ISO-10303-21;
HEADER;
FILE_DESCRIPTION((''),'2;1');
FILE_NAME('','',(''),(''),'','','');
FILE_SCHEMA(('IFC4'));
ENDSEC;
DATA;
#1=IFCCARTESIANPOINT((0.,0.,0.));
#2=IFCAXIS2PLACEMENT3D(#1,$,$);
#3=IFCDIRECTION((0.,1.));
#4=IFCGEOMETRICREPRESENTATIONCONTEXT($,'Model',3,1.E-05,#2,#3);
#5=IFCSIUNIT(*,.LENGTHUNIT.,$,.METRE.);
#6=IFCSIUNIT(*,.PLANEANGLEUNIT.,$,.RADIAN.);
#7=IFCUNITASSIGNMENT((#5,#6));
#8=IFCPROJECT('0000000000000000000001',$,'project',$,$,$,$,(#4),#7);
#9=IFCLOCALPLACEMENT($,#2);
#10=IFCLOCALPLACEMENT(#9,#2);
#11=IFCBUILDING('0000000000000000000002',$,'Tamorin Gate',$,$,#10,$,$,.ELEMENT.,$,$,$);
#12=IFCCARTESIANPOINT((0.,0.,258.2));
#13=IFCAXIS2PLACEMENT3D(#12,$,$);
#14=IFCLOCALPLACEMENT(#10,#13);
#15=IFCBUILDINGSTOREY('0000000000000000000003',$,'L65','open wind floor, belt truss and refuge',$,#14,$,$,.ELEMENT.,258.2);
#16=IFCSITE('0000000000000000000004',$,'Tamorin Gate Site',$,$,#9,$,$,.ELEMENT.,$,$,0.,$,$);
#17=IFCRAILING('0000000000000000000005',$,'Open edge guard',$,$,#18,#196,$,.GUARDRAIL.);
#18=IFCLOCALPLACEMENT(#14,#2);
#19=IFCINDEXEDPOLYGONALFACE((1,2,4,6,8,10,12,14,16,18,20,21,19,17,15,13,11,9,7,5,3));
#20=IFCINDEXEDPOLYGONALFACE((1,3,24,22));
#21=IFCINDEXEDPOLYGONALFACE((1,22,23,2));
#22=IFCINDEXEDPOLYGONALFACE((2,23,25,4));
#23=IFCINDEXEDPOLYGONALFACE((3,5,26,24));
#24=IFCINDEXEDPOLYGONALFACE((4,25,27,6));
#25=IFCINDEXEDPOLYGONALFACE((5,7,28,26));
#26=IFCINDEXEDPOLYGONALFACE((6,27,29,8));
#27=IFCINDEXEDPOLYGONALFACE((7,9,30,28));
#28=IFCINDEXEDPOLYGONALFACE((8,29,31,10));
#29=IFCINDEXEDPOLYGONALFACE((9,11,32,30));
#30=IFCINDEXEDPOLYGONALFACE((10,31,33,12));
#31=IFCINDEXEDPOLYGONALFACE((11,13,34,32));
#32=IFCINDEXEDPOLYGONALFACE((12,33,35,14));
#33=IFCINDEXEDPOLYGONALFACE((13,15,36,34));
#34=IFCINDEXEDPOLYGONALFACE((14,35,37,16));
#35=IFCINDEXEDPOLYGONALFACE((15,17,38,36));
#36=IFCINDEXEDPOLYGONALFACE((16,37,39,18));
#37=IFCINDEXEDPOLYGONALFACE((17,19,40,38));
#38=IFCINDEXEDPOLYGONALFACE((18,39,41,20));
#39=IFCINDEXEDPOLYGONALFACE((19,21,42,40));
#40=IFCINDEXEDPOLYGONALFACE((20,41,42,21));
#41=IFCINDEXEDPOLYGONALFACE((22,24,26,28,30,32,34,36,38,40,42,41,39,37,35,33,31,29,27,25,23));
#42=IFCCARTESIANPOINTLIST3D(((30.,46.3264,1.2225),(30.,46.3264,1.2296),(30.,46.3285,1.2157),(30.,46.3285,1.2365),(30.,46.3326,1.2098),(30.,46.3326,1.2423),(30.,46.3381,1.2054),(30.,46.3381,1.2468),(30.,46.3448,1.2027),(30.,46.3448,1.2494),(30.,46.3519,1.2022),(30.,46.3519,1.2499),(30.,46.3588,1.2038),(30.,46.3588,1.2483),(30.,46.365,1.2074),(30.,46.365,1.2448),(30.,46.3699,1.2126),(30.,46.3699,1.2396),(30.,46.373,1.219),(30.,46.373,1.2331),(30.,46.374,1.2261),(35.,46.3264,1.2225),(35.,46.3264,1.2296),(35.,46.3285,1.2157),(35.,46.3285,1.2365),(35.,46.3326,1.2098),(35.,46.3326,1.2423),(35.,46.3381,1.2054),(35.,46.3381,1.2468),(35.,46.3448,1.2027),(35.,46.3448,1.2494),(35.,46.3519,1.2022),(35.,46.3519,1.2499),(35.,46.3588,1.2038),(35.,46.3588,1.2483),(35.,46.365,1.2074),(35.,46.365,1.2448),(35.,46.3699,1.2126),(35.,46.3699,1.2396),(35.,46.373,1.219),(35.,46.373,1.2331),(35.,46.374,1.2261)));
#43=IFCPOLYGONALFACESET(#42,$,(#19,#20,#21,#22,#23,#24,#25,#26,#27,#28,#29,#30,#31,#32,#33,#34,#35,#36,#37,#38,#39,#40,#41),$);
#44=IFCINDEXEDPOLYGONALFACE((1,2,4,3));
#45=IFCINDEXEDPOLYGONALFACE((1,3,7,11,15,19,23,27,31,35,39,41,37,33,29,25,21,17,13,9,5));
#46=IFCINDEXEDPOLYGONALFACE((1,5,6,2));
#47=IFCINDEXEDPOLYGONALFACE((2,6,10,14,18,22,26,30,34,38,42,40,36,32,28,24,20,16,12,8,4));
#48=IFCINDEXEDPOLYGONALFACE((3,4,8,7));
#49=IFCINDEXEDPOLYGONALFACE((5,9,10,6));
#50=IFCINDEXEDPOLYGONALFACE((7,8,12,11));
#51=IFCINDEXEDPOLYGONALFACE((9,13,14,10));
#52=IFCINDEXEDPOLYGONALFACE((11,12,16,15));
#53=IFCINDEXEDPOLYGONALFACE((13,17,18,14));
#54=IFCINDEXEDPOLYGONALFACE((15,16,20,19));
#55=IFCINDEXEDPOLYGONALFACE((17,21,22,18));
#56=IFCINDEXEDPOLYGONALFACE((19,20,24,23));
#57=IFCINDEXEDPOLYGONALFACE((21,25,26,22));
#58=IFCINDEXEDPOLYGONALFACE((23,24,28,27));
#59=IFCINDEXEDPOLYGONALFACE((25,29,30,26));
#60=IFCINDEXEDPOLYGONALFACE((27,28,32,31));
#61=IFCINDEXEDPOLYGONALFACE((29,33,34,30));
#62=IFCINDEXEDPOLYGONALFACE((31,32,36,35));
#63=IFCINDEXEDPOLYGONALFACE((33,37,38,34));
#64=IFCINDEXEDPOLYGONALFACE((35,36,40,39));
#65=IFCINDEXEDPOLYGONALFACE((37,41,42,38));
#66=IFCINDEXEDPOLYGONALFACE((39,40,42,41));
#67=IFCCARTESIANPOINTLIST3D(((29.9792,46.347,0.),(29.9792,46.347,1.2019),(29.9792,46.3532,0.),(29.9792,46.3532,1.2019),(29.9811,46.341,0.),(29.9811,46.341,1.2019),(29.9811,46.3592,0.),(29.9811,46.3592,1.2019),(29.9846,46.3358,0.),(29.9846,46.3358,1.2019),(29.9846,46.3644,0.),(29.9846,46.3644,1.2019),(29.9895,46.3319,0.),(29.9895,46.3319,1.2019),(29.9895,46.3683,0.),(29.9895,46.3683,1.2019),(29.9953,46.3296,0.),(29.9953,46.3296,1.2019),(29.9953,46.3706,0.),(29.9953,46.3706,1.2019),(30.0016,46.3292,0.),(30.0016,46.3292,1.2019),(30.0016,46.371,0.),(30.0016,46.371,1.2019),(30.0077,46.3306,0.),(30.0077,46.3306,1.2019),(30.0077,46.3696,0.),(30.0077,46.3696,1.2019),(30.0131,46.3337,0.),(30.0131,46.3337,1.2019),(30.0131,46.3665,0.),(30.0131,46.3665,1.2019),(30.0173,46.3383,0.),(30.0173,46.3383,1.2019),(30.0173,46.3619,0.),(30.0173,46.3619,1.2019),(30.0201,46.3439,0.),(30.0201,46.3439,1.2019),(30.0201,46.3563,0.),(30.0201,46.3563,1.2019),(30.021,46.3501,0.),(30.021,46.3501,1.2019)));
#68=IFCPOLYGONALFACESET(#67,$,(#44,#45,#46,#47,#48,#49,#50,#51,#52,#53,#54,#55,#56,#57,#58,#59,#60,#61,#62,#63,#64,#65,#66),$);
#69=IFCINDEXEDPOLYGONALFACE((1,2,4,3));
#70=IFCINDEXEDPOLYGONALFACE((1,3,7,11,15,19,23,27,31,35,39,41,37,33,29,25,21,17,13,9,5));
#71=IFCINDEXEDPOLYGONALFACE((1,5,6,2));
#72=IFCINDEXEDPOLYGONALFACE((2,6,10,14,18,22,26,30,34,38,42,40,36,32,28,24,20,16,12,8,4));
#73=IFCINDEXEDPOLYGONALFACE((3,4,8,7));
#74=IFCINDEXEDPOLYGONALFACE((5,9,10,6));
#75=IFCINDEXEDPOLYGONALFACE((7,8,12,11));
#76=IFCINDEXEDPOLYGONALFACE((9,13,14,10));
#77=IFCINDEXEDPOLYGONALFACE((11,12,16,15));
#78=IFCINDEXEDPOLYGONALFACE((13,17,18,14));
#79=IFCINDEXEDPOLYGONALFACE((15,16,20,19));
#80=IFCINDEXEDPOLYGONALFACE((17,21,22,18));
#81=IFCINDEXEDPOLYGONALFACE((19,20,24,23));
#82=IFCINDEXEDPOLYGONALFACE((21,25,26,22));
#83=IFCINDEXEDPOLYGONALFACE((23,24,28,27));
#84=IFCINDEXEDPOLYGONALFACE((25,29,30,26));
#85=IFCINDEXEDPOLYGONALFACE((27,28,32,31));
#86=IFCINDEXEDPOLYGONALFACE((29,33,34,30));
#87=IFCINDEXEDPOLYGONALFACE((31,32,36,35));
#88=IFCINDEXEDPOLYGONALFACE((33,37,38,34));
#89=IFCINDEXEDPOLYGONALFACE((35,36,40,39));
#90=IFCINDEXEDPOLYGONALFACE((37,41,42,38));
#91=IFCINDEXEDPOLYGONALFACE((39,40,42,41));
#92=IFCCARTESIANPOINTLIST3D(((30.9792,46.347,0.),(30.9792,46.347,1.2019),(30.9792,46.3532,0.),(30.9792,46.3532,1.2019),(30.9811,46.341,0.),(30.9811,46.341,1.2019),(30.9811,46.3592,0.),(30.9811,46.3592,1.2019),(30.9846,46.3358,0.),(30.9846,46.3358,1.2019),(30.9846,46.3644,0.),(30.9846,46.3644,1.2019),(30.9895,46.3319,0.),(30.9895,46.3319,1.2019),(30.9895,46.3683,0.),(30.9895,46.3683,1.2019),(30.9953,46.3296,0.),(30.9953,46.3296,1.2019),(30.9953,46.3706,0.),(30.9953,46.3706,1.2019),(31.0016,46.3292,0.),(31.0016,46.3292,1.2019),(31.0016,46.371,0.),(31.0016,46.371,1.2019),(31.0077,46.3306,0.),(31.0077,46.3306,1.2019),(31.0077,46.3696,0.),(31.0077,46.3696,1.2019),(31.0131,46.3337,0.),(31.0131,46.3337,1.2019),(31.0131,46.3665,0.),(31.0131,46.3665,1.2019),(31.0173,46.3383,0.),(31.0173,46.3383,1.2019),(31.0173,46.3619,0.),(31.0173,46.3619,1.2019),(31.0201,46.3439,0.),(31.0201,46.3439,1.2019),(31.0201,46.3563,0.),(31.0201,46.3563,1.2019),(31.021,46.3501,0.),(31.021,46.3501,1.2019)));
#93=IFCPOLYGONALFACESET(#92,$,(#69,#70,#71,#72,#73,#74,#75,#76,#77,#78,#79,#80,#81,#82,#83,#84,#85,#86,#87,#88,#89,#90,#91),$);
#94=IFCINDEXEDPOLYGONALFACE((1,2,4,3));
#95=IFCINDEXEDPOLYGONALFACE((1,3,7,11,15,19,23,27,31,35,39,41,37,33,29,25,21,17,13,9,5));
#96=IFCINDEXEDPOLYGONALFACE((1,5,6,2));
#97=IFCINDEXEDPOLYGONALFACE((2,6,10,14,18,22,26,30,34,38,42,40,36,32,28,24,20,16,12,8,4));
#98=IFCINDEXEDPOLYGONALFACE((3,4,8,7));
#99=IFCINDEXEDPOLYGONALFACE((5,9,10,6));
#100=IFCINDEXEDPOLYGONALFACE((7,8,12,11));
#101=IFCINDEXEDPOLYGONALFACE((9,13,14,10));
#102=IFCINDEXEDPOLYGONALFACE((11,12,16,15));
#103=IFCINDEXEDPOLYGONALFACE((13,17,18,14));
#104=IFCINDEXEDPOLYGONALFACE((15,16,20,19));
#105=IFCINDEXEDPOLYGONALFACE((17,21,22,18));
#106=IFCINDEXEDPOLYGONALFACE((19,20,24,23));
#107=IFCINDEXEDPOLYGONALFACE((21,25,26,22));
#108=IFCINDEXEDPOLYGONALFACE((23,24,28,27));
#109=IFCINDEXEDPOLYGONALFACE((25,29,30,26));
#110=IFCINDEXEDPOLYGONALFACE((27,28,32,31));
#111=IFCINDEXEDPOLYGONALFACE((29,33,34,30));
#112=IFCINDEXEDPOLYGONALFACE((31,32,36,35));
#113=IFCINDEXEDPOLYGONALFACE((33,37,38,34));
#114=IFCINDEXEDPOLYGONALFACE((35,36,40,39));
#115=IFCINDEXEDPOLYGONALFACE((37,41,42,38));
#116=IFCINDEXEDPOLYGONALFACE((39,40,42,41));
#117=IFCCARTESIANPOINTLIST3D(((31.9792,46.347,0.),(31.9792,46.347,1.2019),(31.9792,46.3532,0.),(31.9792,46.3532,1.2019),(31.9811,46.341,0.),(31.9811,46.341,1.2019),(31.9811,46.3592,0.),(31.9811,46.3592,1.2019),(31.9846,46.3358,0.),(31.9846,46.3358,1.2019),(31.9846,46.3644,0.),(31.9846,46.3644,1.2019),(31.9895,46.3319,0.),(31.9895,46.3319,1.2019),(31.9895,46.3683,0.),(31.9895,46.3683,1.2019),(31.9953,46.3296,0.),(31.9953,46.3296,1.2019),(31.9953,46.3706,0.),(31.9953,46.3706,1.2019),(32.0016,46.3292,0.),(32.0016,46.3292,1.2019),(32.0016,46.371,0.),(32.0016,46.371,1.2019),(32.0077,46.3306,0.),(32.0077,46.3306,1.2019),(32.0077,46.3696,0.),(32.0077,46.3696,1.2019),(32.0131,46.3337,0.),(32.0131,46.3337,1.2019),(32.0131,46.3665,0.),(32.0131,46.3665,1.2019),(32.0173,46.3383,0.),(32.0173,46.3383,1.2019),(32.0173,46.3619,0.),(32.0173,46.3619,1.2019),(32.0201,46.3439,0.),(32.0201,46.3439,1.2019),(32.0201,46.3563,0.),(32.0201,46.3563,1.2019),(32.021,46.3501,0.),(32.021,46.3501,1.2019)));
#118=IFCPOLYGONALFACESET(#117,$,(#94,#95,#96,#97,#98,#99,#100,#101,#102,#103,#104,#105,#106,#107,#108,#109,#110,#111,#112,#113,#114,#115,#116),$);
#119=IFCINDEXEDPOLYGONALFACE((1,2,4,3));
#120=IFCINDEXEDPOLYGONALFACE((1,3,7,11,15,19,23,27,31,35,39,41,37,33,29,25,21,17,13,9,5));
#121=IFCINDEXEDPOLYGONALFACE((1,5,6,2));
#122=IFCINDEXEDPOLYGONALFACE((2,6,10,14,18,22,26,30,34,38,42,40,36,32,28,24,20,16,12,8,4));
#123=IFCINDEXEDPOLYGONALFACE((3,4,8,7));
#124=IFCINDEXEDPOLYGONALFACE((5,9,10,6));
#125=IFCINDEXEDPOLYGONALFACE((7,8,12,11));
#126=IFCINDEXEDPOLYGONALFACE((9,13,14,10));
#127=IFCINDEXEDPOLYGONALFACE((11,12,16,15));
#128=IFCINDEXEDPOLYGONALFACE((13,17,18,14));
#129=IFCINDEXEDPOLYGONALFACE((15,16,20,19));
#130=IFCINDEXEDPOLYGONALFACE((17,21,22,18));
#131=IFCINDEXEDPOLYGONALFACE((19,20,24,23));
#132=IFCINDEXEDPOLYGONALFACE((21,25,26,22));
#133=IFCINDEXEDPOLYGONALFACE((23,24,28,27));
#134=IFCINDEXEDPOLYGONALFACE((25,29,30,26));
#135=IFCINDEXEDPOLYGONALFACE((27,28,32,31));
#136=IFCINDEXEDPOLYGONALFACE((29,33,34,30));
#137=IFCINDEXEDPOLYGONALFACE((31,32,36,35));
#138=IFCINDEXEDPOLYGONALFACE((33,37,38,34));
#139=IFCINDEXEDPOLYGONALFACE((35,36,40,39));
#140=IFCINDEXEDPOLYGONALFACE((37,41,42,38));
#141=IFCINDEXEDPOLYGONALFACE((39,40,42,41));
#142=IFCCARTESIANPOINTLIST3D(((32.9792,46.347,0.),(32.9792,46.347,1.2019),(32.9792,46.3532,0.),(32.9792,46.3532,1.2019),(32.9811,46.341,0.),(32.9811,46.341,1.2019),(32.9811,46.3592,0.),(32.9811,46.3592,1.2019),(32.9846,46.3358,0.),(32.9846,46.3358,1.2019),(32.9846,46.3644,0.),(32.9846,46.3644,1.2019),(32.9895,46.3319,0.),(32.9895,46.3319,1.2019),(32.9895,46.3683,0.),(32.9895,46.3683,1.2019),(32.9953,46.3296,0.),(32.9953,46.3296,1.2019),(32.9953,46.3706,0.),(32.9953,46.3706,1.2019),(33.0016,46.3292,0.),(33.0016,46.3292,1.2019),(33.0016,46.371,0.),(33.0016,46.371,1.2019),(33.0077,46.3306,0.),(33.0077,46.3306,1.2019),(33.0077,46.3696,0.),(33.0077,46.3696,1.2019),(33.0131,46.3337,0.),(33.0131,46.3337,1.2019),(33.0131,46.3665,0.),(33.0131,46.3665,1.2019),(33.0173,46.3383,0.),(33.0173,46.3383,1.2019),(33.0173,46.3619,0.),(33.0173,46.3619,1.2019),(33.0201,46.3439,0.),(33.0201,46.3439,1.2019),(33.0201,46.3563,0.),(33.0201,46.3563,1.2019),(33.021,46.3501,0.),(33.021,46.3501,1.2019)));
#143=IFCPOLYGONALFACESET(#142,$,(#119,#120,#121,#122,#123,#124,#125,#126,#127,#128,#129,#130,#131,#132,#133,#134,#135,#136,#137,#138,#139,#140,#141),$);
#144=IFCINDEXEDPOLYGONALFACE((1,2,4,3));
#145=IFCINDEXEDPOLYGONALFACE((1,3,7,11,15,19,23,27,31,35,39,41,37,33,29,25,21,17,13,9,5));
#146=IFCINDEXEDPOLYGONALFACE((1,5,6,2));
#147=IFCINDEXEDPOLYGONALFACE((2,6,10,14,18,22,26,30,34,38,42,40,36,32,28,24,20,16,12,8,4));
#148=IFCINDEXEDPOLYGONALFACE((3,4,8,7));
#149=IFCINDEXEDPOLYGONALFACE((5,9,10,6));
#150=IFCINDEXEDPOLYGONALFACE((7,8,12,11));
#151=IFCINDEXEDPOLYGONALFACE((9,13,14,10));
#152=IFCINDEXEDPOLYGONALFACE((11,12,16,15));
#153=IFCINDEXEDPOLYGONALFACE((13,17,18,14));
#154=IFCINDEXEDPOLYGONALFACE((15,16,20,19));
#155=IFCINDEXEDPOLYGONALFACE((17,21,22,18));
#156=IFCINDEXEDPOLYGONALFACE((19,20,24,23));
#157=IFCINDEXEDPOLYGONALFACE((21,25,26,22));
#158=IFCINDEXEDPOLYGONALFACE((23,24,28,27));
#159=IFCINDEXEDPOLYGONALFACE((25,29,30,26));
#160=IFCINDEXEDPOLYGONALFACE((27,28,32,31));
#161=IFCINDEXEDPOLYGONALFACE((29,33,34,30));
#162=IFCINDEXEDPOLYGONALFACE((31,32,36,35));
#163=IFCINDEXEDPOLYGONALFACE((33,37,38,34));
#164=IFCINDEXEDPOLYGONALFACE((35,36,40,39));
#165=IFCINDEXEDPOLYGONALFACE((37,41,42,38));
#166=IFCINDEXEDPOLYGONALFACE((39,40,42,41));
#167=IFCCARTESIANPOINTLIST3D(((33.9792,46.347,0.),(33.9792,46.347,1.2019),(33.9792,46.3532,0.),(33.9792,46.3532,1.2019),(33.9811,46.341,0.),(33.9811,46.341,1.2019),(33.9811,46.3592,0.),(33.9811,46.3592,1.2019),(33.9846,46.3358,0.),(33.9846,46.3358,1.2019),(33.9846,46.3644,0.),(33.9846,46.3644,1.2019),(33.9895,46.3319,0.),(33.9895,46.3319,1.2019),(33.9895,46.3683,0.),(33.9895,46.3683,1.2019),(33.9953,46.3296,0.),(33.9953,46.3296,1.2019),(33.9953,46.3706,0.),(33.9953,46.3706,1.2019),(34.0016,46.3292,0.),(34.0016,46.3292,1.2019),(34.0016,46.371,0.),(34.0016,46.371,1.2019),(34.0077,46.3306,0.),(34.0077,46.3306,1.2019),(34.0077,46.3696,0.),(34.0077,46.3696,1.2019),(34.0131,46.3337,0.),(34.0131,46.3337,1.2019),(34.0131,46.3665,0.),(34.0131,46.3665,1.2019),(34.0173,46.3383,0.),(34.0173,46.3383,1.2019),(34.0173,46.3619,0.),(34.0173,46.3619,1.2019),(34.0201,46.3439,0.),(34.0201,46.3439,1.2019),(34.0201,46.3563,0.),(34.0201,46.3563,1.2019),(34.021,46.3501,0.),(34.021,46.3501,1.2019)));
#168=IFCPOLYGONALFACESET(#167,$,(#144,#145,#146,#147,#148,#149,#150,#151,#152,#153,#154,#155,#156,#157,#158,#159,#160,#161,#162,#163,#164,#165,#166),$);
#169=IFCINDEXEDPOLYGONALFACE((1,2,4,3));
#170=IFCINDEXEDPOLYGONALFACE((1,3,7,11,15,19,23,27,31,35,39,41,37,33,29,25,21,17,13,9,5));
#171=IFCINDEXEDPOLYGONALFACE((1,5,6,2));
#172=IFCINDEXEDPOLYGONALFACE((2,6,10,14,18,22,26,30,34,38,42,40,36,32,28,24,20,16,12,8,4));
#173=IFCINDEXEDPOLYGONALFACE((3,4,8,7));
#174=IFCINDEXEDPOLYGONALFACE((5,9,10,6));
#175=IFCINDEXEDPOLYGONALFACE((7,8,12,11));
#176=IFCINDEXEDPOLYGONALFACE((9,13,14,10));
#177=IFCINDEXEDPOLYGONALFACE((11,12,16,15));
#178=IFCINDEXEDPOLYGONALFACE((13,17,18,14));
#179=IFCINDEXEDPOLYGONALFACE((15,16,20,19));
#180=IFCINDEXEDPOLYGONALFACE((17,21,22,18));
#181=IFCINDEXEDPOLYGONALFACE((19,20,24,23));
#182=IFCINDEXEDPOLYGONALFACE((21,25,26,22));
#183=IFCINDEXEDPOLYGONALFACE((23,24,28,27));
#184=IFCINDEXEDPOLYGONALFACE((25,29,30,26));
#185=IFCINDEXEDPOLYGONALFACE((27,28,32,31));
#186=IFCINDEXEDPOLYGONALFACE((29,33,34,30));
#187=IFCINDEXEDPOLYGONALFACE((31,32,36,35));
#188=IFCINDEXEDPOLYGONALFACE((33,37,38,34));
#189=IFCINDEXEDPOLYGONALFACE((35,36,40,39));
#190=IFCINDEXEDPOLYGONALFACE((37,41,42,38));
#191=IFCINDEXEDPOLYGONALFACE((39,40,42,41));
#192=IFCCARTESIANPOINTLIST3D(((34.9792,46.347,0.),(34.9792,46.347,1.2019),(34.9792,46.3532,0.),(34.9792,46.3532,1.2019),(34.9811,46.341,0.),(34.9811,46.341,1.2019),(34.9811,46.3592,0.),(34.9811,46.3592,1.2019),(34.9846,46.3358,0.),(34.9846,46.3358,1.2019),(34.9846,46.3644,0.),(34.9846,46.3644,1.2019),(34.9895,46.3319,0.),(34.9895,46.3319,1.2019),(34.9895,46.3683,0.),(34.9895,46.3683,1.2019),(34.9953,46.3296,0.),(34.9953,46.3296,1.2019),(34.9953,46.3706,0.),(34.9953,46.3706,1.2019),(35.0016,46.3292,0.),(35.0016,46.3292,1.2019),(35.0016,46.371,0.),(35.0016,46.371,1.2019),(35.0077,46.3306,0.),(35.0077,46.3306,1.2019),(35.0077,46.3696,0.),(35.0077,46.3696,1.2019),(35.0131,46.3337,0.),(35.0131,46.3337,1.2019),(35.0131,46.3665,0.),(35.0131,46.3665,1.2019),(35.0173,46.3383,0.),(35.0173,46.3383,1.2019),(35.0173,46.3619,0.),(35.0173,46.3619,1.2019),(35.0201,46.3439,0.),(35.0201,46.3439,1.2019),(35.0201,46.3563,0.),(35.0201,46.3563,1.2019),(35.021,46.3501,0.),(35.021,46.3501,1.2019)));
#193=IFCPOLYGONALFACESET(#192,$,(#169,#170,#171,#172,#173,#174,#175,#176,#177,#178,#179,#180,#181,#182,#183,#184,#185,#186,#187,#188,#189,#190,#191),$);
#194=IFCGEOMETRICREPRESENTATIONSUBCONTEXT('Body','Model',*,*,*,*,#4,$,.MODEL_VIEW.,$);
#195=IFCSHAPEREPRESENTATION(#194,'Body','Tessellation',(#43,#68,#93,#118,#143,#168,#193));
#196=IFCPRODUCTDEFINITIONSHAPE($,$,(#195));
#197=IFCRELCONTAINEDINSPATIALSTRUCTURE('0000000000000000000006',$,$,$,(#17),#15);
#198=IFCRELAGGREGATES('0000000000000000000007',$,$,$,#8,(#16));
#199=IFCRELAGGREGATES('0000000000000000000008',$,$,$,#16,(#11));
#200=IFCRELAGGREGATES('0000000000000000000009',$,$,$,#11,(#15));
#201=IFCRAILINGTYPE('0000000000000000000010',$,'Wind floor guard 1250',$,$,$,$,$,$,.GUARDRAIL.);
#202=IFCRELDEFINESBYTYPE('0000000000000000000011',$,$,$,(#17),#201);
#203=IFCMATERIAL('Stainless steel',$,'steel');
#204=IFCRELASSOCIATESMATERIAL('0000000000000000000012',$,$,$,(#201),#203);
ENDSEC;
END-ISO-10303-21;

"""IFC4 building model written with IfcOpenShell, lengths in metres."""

from ifc_helpers import new_model, si_unit, direction, frame, origin, origin_2d, place, context, subcontext, project, spatial, circle, extrude, material, type_object, element, save


model = new_model("IFC4")

# Units and contexts
model_context = context("Model", 3, precision=1e-05, world=origin(), true_north=direction((0.0, 1.0)))
body_context = subcontext(model_context, "Body", "Model", "MODEL_VIEW")
ifc_project = project(units=[si_unit("LENGTHUNIT", "METRE"), si_unit("PLANEANGLEUNIT", "RADIAN")], contexts=[model_context])

# Site, building, storey
site_placement = place(None, origin())
site = spatial("IfcSite", under=ifc_project, at=site_placement, Name="Tamorin Gate Site", CompositionType="ELEMENT", RefElevation=0.0)
building_placement = place(site_placement, origin())
building = spatial("IfcBuilding", under=site, at=building_placement, Name="Tamorin Gate", CompositionType="ELEMENT")
storey_placement = place(building_placement, frame((0.0, 0.0, 258.2)))
storey = spatial("IfcBuildingStorey", under=building, at=storey_placement, Name="L65", Description="open wind floor, belt truss and refuge", CompositionType="ELEMENT", Elevation=258.2)

# Railing
ifc_material_1 = material(Name="Stainless steel", Category="steel")
railing_type = type_object("IfcRailingType", Name="Wind floor guard 1250", PredefinedType="GUARDRAIL", material=ifc_material_1)
railing_1_placement = place(storey_placement, frame((30.0, 46.3501, 0.0)))
element("IfcRailing", 1, at=railing_1_placement, inside=storey, type_object=railing_type, Name="Open edge guard", PredefinedType="GUARDRAIL", context=body_context, shape_type="SweptSolid", body=[
    extrude(circle(Radius=0.0239, at=origin_2d()), frame((0.0, 0.0, 1.2261), z_axis=(1.0, 0.0, 0.0), x_axis=(0.0, 1.0, 0.0)), (0.0, 0.0, 1.0), 5.0),
    extrude(circle(Radius=0.021, at=origin_2d()), origin(), (0.0, 0.0, 1.0), 1.2019),
    extrude(circle(Radius=0.021, at=origin_2d()), frame((1.0, 0.0, 0.0)), (0.0, 0.0, 1.0), 1.2019),
    extrude(circle(Radius=0.021, at=origin_2d()), frame((2.0, 0.0, 0.0)), (0.0, 0.0, 1.0), 1.2019),
    extrude(circle(Radius=0.021, at=origin_2d()), frame((3.0, 0.0, 0.0)), (0.0, 0.0, 1.0), 1.2019),
    extrude(circle(Radius=0.021, at=origin_2d()), frame((4.0, 0.0, 0.0)), (0.0, 0.0, 1.0), 1.2019),
    extrude(circle(Radius=0.021, at=origin_2d()), frame((5.0, 0.0, 0.0)), (0.0, 0.0, 1.0), 1.2019),
])

save(model, "model.ifc")
